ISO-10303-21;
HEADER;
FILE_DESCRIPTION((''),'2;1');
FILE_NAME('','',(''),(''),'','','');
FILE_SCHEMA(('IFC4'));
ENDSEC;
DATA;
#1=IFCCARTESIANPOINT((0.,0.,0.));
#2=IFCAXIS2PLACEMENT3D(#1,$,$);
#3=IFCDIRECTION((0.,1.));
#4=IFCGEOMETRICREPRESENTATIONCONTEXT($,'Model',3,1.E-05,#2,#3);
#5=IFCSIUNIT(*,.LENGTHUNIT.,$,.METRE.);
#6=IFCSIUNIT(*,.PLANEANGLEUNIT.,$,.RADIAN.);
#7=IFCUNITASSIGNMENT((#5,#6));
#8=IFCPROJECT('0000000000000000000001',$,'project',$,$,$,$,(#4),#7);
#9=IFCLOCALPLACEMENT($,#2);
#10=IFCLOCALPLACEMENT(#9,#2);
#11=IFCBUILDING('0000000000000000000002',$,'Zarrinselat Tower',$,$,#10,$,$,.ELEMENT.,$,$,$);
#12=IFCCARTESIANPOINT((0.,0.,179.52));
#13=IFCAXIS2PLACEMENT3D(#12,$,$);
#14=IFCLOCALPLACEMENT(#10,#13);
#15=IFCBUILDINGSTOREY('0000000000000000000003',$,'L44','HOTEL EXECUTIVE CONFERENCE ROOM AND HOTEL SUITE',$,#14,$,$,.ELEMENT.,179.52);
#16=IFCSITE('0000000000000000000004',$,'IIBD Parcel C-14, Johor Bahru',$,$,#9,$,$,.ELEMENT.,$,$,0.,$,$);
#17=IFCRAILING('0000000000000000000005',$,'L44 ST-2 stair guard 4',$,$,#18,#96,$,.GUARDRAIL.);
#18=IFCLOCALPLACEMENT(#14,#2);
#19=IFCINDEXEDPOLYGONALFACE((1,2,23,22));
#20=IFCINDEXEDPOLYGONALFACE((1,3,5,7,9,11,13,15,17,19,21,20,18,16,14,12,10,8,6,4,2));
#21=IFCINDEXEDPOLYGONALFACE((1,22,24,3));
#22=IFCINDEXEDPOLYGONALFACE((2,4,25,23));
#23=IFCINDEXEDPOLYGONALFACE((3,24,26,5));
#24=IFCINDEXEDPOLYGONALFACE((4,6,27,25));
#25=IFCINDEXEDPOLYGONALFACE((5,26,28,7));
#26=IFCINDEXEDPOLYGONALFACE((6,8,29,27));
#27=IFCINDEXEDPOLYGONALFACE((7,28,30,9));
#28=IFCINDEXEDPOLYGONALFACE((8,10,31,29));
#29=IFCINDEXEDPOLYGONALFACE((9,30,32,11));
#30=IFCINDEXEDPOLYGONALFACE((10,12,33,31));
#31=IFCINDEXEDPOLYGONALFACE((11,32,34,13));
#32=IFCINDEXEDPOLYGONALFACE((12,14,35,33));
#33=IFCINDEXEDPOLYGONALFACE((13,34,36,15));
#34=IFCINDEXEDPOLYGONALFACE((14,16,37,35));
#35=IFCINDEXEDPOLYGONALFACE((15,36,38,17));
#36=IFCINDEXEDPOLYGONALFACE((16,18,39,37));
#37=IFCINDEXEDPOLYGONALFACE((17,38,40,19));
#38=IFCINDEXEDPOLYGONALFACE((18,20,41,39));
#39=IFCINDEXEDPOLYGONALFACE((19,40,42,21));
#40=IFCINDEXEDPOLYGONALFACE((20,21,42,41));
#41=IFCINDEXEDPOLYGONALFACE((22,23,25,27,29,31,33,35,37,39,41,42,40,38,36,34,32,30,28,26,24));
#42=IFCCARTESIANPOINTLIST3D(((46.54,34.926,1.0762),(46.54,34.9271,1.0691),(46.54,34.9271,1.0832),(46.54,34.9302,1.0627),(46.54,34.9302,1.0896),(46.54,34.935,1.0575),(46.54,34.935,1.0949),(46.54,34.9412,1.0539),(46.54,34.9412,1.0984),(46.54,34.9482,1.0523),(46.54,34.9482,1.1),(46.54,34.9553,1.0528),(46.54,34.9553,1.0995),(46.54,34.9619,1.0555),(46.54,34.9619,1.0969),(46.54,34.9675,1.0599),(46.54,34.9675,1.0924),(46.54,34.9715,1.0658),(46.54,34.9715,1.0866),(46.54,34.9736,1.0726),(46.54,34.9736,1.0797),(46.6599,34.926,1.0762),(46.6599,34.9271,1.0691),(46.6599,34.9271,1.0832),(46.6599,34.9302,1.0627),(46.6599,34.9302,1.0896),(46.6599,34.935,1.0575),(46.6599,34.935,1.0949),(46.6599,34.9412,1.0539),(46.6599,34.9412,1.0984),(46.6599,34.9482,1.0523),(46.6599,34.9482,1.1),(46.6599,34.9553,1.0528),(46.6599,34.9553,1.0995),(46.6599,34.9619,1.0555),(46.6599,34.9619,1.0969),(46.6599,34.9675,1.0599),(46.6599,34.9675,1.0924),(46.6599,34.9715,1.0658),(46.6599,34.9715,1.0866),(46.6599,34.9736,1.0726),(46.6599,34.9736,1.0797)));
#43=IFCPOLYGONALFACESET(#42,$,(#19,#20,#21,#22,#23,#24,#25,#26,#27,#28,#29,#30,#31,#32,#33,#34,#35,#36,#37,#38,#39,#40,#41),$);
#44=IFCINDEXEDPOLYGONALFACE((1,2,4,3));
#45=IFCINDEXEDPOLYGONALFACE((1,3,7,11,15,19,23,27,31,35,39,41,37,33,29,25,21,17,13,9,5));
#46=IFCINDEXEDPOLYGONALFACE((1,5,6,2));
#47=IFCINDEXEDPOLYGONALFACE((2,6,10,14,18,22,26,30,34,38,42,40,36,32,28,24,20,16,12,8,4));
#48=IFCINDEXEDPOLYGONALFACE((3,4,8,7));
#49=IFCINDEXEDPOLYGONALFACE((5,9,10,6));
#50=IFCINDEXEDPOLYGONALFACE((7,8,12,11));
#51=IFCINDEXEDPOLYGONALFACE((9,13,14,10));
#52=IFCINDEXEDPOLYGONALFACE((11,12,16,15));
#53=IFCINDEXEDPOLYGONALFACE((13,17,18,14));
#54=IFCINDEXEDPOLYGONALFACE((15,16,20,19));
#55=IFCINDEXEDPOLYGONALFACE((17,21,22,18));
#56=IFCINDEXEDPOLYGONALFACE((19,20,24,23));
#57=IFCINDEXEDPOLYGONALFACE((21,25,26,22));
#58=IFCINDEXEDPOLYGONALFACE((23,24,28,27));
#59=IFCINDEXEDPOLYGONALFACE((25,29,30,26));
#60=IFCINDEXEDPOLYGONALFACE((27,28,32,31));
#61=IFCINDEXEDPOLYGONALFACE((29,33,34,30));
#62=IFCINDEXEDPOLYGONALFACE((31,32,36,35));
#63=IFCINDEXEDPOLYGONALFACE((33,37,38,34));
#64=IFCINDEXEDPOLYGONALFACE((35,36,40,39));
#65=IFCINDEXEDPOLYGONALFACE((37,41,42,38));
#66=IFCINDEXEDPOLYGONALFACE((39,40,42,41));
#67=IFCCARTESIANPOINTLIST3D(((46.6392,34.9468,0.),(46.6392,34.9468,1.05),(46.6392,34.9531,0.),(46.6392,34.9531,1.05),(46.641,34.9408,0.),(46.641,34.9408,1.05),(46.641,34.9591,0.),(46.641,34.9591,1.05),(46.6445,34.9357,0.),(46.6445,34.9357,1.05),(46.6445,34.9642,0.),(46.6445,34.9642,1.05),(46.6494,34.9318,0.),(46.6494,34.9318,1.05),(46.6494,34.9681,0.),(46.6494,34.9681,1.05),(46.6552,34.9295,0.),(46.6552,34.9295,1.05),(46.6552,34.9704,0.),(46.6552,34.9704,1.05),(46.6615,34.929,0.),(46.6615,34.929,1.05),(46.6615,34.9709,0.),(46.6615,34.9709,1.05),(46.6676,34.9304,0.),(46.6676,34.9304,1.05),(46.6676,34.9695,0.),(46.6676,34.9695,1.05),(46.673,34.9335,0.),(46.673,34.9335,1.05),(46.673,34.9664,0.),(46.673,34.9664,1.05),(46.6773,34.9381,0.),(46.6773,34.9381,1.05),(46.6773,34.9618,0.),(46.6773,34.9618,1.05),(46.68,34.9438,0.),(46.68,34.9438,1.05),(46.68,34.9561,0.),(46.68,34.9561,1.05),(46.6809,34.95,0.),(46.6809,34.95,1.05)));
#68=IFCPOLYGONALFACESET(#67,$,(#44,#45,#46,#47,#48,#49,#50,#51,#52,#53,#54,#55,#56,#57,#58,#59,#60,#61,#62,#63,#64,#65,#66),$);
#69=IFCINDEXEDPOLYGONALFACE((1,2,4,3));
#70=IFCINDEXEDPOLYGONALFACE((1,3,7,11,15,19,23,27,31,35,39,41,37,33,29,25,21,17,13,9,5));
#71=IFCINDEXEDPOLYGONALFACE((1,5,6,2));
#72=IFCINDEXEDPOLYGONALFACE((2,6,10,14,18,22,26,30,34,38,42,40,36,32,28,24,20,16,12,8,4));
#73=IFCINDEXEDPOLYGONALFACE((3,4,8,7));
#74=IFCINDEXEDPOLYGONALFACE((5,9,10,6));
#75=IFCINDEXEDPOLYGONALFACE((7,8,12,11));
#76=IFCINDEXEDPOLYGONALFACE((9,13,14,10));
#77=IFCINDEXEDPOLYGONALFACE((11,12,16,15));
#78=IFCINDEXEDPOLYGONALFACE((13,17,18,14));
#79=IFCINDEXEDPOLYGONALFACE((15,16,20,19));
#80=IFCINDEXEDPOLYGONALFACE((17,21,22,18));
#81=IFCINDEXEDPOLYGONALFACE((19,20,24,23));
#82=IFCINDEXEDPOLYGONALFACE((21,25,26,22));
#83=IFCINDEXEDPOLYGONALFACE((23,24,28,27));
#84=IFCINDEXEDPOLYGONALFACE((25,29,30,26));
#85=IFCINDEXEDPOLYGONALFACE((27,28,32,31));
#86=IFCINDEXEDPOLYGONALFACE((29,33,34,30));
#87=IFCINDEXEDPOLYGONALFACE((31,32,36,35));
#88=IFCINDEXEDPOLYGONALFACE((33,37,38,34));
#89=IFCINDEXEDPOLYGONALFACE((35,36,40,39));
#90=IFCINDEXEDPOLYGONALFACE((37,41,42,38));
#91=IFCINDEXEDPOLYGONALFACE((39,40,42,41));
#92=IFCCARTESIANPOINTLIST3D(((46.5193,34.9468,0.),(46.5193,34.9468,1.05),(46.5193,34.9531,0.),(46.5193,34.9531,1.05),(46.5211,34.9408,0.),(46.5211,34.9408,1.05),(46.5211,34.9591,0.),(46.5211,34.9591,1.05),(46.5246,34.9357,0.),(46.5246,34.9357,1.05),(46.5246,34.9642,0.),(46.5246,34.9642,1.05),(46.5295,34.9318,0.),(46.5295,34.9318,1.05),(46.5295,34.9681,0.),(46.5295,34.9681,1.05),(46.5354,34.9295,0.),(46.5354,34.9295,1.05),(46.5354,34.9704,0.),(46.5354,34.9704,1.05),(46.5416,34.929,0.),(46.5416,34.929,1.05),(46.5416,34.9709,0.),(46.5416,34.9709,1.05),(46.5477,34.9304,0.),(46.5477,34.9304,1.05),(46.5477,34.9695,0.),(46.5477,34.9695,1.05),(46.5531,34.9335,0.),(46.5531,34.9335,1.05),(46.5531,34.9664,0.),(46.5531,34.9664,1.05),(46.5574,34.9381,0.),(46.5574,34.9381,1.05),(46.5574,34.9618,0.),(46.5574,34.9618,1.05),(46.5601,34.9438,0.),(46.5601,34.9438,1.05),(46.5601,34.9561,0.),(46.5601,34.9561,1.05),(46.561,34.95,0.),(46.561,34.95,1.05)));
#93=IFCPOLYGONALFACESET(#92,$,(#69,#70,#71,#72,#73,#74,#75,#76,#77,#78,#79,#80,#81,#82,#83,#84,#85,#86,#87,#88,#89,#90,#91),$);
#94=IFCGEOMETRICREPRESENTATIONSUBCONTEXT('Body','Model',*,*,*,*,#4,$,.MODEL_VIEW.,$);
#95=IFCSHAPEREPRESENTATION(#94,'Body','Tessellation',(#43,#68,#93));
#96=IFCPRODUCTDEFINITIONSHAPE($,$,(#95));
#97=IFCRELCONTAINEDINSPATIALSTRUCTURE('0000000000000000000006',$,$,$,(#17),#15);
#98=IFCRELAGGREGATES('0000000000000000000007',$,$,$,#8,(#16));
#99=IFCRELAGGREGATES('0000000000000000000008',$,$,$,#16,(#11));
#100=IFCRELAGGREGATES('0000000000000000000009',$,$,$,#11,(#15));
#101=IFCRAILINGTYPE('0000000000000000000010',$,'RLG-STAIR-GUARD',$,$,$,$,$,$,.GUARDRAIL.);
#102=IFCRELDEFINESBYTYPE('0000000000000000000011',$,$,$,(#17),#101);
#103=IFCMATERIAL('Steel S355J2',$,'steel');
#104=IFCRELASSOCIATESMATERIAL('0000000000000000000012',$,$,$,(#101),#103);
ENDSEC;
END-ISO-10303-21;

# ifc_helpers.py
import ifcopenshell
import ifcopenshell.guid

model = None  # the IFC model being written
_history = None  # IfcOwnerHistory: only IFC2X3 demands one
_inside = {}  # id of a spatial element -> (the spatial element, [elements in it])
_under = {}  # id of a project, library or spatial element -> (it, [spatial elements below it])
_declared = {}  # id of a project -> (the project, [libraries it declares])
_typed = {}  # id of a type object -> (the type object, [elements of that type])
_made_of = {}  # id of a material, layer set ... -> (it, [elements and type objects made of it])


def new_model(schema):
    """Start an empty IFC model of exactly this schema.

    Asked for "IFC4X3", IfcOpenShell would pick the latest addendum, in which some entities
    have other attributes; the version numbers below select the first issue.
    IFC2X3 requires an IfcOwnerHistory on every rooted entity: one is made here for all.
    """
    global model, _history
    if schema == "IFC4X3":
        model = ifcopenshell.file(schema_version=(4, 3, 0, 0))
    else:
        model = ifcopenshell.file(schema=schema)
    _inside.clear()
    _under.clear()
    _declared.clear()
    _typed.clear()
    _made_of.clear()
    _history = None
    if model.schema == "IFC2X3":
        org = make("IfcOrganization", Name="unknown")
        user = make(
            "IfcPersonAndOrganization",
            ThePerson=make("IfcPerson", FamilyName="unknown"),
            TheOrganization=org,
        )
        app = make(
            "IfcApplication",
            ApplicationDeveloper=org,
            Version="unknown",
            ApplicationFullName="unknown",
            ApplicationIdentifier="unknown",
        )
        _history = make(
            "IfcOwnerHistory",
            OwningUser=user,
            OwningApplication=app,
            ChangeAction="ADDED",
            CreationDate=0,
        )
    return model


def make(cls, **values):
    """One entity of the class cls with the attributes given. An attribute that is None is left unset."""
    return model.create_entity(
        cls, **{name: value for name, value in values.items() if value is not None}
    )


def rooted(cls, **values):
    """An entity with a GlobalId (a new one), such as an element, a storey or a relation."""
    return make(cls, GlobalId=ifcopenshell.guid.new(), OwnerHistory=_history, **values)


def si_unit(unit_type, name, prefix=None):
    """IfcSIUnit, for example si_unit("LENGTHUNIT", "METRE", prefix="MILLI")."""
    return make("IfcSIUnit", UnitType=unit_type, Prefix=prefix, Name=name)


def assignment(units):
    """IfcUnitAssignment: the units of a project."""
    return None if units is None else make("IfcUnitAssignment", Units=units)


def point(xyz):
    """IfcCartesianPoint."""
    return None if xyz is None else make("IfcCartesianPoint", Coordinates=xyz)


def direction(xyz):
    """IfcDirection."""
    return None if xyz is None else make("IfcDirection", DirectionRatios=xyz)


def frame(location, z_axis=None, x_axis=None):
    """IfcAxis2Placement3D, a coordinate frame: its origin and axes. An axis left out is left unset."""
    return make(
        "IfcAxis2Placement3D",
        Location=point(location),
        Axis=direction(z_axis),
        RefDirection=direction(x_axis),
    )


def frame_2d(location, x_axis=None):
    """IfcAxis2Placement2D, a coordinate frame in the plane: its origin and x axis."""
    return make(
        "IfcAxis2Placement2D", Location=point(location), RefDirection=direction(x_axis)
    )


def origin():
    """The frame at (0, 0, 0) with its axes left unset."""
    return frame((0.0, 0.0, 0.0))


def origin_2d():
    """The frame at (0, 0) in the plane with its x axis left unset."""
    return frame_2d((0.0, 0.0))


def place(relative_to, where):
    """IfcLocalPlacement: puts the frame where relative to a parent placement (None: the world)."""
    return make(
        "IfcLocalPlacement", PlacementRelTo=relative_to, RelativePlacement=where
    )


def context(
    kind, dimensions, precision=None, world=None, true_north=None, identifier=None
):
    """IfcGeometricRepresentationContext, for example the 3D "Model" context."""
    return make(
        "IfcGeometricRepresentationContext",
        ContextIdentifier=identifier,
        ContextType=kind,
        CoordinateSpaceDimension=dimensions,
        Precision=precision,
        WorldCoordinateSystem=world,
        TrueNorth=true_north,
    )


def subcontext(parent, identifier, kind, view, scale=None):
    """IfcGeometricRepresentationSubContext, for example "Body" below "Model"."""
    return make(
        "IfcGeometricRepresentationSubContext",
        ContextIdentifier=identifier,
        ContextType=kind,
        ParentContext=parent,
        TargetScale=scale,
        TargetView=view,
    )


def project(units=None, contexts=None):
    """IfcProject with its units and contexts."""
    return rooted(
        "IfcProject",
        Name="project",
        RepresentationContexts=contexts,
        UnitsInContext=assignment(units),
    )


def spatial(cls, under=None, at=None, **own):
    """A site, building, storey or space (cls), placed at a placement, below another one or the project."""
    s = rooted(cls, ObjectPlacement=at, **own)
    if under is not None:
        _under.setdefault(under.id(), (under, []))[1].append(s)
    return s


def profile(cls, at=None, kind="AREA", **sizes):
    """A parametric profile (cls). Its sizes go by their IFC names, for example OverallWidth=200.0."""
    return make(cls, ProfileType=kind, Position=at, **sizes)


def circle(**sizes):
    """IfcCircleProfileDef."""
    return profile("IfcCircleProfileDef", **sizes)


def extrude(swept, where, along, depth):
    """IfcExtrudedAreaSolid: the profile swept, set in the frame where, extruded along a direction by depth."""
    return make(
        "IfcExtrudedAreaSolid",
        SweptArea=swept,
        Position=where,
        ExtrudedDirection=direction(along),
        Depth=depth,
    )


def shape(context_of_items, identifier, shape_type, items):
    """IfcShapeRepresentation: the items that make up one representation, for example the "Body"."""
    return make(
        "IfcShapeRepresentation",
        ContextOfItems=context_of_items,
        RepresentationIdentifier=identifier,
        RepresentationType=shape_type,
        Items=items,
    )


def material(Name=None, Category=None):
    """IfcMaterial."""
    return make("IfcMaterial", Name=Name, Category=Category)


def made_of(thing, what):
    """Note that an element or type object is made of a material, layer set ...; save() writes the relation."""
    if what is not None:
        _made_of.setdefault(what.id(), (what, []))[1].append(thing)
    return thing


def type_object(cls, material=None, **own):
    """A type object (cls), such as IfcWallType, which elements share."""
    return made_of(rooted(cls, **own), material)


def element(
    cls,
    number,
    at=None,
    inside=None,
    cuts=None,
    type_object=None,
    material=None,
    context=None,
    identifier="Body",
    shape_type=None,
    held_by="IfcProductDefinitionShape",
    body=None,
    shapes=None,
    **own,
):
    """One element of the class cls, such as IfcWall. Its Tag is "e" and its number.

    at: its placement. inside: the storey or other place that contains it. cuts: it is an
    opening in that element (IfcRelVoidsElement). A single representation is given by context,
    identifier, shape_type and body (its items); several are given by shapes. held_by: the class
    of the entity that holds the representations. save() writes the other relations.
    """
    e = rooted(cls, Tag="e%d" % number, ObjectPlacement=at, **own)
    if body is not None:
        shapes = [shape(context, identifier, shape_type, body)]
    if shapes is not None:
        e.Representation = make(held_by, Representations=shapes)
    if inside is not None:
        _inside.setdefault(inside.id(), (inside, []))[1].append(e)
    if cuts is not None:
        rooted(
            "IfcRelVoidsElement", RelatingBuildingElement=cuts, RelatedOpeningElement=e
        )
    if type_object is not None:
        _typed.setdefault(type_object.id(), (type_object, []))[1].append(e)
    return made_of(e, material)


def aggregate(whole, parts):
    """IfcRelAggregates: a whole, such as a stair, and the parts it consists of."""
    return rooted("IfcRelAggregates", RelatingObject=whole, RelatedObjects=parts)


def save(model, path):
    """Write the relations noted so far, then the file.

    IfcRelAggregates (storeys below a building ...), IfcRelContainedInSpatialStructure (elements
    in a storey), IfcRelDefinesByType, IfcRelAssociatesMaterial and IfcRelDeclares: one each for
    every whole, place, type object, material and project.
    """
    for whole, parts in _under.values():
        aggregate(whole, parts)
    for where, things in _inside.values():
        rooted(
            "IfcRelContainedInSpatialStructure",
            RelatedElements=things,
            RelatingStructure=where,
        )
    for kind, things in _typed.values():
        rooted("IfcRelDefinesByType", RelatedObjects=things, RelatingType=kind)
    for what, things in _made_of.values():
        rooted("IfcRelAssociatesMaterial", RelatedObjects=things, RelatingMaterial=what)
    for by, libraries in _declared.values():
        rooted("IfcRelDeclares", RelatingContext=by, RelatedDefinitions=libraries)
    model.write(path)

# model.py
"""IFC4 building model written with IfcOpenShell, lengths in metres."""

from ifc_helpers import new_model, si_unit, direction, frame, origin, origin_2d, place, context, subcontext, project, spatial, circle, extrude, material, type_object, element, save


model = new_model("IFC4")

# Units and contexts
model_context = context("Model", 3, precision=1e-05, world=origin(), true_north=direction((0.0, 1.0)))
body_context = subcontext(model_context, "Body", "Model", "MODEL_VIEW")
ifc_project = project(units=[si_unit("LENGTHUNIT", "METRE"), si_unit("PLANEANGLEUNIT", "RADIAN")], contexts=[model_context])

# Site, building, storey
site_placement = place(None, origin())
site = spatial("IfcSite", under=ifc_project, at=site_placement, Name="IIBD Parcel C-14, Johor Bahru", CompositionType="ELEMENT", RefElevation=0.0)
building_placement = place(site_placement, origin())
building = spatial("IfcBuilding", under=site, at=building_placement, Name="Zarrinselat Tower", CompositionType="ELEMENT")
storey_placement = place(building_placement, frame((0.0, 0.0, 179.52)))
storey = spatial("IfcBuildingStorey", under=building, at=storey_placement, Name="L44", Description="HOTEL EXECUTIVE CONFERENCE ROOM AND HOTEL SUITE", CompositionType="ELEMENT", Elevation=179.52)

# Railing
ifc_material_1 = material(Name="Steel S355J2", Category="steel")
railing_type_1 = type_object("IfcRailingType", Name="RLG-STAIR-GUARD", PredefinedType="GUARDRAIL", material=ifc_material_1)
railing_1_placement = place(storey_placement, frame((46.6599, 34.95, 0.0)))
element("IfcRailing", 1, at=railing_1_placement, inside=storey, type_object=railing_type_1, Name="L44 ST-2 stair guard 4", PredefinedType="GUARDRAIL", context=body_context, shape_type="SweptSolid", body=[
    extrude(circle(Radius=0.0239, at=origin_2d()), frame((0.0, 0.0, 1.0762), z_axis=(-1.0, 0.0, 0.0), x_axis=(0.0, -1.0, 0.0)), (0.0, 0.0, 1.0), 0.1199),
    extrude(circle(Radius=0.021, at=origin_2d()), origin(), (0.0, 0.0, 1.0), 1.05),
    extrude(circle(Radius=0.021, at=origin_2d()), frame((-0.1199, 0.0, 0.0)), (0.0, 0.0, 1.0), 1.05),
])

save(model, "model.ifc")
